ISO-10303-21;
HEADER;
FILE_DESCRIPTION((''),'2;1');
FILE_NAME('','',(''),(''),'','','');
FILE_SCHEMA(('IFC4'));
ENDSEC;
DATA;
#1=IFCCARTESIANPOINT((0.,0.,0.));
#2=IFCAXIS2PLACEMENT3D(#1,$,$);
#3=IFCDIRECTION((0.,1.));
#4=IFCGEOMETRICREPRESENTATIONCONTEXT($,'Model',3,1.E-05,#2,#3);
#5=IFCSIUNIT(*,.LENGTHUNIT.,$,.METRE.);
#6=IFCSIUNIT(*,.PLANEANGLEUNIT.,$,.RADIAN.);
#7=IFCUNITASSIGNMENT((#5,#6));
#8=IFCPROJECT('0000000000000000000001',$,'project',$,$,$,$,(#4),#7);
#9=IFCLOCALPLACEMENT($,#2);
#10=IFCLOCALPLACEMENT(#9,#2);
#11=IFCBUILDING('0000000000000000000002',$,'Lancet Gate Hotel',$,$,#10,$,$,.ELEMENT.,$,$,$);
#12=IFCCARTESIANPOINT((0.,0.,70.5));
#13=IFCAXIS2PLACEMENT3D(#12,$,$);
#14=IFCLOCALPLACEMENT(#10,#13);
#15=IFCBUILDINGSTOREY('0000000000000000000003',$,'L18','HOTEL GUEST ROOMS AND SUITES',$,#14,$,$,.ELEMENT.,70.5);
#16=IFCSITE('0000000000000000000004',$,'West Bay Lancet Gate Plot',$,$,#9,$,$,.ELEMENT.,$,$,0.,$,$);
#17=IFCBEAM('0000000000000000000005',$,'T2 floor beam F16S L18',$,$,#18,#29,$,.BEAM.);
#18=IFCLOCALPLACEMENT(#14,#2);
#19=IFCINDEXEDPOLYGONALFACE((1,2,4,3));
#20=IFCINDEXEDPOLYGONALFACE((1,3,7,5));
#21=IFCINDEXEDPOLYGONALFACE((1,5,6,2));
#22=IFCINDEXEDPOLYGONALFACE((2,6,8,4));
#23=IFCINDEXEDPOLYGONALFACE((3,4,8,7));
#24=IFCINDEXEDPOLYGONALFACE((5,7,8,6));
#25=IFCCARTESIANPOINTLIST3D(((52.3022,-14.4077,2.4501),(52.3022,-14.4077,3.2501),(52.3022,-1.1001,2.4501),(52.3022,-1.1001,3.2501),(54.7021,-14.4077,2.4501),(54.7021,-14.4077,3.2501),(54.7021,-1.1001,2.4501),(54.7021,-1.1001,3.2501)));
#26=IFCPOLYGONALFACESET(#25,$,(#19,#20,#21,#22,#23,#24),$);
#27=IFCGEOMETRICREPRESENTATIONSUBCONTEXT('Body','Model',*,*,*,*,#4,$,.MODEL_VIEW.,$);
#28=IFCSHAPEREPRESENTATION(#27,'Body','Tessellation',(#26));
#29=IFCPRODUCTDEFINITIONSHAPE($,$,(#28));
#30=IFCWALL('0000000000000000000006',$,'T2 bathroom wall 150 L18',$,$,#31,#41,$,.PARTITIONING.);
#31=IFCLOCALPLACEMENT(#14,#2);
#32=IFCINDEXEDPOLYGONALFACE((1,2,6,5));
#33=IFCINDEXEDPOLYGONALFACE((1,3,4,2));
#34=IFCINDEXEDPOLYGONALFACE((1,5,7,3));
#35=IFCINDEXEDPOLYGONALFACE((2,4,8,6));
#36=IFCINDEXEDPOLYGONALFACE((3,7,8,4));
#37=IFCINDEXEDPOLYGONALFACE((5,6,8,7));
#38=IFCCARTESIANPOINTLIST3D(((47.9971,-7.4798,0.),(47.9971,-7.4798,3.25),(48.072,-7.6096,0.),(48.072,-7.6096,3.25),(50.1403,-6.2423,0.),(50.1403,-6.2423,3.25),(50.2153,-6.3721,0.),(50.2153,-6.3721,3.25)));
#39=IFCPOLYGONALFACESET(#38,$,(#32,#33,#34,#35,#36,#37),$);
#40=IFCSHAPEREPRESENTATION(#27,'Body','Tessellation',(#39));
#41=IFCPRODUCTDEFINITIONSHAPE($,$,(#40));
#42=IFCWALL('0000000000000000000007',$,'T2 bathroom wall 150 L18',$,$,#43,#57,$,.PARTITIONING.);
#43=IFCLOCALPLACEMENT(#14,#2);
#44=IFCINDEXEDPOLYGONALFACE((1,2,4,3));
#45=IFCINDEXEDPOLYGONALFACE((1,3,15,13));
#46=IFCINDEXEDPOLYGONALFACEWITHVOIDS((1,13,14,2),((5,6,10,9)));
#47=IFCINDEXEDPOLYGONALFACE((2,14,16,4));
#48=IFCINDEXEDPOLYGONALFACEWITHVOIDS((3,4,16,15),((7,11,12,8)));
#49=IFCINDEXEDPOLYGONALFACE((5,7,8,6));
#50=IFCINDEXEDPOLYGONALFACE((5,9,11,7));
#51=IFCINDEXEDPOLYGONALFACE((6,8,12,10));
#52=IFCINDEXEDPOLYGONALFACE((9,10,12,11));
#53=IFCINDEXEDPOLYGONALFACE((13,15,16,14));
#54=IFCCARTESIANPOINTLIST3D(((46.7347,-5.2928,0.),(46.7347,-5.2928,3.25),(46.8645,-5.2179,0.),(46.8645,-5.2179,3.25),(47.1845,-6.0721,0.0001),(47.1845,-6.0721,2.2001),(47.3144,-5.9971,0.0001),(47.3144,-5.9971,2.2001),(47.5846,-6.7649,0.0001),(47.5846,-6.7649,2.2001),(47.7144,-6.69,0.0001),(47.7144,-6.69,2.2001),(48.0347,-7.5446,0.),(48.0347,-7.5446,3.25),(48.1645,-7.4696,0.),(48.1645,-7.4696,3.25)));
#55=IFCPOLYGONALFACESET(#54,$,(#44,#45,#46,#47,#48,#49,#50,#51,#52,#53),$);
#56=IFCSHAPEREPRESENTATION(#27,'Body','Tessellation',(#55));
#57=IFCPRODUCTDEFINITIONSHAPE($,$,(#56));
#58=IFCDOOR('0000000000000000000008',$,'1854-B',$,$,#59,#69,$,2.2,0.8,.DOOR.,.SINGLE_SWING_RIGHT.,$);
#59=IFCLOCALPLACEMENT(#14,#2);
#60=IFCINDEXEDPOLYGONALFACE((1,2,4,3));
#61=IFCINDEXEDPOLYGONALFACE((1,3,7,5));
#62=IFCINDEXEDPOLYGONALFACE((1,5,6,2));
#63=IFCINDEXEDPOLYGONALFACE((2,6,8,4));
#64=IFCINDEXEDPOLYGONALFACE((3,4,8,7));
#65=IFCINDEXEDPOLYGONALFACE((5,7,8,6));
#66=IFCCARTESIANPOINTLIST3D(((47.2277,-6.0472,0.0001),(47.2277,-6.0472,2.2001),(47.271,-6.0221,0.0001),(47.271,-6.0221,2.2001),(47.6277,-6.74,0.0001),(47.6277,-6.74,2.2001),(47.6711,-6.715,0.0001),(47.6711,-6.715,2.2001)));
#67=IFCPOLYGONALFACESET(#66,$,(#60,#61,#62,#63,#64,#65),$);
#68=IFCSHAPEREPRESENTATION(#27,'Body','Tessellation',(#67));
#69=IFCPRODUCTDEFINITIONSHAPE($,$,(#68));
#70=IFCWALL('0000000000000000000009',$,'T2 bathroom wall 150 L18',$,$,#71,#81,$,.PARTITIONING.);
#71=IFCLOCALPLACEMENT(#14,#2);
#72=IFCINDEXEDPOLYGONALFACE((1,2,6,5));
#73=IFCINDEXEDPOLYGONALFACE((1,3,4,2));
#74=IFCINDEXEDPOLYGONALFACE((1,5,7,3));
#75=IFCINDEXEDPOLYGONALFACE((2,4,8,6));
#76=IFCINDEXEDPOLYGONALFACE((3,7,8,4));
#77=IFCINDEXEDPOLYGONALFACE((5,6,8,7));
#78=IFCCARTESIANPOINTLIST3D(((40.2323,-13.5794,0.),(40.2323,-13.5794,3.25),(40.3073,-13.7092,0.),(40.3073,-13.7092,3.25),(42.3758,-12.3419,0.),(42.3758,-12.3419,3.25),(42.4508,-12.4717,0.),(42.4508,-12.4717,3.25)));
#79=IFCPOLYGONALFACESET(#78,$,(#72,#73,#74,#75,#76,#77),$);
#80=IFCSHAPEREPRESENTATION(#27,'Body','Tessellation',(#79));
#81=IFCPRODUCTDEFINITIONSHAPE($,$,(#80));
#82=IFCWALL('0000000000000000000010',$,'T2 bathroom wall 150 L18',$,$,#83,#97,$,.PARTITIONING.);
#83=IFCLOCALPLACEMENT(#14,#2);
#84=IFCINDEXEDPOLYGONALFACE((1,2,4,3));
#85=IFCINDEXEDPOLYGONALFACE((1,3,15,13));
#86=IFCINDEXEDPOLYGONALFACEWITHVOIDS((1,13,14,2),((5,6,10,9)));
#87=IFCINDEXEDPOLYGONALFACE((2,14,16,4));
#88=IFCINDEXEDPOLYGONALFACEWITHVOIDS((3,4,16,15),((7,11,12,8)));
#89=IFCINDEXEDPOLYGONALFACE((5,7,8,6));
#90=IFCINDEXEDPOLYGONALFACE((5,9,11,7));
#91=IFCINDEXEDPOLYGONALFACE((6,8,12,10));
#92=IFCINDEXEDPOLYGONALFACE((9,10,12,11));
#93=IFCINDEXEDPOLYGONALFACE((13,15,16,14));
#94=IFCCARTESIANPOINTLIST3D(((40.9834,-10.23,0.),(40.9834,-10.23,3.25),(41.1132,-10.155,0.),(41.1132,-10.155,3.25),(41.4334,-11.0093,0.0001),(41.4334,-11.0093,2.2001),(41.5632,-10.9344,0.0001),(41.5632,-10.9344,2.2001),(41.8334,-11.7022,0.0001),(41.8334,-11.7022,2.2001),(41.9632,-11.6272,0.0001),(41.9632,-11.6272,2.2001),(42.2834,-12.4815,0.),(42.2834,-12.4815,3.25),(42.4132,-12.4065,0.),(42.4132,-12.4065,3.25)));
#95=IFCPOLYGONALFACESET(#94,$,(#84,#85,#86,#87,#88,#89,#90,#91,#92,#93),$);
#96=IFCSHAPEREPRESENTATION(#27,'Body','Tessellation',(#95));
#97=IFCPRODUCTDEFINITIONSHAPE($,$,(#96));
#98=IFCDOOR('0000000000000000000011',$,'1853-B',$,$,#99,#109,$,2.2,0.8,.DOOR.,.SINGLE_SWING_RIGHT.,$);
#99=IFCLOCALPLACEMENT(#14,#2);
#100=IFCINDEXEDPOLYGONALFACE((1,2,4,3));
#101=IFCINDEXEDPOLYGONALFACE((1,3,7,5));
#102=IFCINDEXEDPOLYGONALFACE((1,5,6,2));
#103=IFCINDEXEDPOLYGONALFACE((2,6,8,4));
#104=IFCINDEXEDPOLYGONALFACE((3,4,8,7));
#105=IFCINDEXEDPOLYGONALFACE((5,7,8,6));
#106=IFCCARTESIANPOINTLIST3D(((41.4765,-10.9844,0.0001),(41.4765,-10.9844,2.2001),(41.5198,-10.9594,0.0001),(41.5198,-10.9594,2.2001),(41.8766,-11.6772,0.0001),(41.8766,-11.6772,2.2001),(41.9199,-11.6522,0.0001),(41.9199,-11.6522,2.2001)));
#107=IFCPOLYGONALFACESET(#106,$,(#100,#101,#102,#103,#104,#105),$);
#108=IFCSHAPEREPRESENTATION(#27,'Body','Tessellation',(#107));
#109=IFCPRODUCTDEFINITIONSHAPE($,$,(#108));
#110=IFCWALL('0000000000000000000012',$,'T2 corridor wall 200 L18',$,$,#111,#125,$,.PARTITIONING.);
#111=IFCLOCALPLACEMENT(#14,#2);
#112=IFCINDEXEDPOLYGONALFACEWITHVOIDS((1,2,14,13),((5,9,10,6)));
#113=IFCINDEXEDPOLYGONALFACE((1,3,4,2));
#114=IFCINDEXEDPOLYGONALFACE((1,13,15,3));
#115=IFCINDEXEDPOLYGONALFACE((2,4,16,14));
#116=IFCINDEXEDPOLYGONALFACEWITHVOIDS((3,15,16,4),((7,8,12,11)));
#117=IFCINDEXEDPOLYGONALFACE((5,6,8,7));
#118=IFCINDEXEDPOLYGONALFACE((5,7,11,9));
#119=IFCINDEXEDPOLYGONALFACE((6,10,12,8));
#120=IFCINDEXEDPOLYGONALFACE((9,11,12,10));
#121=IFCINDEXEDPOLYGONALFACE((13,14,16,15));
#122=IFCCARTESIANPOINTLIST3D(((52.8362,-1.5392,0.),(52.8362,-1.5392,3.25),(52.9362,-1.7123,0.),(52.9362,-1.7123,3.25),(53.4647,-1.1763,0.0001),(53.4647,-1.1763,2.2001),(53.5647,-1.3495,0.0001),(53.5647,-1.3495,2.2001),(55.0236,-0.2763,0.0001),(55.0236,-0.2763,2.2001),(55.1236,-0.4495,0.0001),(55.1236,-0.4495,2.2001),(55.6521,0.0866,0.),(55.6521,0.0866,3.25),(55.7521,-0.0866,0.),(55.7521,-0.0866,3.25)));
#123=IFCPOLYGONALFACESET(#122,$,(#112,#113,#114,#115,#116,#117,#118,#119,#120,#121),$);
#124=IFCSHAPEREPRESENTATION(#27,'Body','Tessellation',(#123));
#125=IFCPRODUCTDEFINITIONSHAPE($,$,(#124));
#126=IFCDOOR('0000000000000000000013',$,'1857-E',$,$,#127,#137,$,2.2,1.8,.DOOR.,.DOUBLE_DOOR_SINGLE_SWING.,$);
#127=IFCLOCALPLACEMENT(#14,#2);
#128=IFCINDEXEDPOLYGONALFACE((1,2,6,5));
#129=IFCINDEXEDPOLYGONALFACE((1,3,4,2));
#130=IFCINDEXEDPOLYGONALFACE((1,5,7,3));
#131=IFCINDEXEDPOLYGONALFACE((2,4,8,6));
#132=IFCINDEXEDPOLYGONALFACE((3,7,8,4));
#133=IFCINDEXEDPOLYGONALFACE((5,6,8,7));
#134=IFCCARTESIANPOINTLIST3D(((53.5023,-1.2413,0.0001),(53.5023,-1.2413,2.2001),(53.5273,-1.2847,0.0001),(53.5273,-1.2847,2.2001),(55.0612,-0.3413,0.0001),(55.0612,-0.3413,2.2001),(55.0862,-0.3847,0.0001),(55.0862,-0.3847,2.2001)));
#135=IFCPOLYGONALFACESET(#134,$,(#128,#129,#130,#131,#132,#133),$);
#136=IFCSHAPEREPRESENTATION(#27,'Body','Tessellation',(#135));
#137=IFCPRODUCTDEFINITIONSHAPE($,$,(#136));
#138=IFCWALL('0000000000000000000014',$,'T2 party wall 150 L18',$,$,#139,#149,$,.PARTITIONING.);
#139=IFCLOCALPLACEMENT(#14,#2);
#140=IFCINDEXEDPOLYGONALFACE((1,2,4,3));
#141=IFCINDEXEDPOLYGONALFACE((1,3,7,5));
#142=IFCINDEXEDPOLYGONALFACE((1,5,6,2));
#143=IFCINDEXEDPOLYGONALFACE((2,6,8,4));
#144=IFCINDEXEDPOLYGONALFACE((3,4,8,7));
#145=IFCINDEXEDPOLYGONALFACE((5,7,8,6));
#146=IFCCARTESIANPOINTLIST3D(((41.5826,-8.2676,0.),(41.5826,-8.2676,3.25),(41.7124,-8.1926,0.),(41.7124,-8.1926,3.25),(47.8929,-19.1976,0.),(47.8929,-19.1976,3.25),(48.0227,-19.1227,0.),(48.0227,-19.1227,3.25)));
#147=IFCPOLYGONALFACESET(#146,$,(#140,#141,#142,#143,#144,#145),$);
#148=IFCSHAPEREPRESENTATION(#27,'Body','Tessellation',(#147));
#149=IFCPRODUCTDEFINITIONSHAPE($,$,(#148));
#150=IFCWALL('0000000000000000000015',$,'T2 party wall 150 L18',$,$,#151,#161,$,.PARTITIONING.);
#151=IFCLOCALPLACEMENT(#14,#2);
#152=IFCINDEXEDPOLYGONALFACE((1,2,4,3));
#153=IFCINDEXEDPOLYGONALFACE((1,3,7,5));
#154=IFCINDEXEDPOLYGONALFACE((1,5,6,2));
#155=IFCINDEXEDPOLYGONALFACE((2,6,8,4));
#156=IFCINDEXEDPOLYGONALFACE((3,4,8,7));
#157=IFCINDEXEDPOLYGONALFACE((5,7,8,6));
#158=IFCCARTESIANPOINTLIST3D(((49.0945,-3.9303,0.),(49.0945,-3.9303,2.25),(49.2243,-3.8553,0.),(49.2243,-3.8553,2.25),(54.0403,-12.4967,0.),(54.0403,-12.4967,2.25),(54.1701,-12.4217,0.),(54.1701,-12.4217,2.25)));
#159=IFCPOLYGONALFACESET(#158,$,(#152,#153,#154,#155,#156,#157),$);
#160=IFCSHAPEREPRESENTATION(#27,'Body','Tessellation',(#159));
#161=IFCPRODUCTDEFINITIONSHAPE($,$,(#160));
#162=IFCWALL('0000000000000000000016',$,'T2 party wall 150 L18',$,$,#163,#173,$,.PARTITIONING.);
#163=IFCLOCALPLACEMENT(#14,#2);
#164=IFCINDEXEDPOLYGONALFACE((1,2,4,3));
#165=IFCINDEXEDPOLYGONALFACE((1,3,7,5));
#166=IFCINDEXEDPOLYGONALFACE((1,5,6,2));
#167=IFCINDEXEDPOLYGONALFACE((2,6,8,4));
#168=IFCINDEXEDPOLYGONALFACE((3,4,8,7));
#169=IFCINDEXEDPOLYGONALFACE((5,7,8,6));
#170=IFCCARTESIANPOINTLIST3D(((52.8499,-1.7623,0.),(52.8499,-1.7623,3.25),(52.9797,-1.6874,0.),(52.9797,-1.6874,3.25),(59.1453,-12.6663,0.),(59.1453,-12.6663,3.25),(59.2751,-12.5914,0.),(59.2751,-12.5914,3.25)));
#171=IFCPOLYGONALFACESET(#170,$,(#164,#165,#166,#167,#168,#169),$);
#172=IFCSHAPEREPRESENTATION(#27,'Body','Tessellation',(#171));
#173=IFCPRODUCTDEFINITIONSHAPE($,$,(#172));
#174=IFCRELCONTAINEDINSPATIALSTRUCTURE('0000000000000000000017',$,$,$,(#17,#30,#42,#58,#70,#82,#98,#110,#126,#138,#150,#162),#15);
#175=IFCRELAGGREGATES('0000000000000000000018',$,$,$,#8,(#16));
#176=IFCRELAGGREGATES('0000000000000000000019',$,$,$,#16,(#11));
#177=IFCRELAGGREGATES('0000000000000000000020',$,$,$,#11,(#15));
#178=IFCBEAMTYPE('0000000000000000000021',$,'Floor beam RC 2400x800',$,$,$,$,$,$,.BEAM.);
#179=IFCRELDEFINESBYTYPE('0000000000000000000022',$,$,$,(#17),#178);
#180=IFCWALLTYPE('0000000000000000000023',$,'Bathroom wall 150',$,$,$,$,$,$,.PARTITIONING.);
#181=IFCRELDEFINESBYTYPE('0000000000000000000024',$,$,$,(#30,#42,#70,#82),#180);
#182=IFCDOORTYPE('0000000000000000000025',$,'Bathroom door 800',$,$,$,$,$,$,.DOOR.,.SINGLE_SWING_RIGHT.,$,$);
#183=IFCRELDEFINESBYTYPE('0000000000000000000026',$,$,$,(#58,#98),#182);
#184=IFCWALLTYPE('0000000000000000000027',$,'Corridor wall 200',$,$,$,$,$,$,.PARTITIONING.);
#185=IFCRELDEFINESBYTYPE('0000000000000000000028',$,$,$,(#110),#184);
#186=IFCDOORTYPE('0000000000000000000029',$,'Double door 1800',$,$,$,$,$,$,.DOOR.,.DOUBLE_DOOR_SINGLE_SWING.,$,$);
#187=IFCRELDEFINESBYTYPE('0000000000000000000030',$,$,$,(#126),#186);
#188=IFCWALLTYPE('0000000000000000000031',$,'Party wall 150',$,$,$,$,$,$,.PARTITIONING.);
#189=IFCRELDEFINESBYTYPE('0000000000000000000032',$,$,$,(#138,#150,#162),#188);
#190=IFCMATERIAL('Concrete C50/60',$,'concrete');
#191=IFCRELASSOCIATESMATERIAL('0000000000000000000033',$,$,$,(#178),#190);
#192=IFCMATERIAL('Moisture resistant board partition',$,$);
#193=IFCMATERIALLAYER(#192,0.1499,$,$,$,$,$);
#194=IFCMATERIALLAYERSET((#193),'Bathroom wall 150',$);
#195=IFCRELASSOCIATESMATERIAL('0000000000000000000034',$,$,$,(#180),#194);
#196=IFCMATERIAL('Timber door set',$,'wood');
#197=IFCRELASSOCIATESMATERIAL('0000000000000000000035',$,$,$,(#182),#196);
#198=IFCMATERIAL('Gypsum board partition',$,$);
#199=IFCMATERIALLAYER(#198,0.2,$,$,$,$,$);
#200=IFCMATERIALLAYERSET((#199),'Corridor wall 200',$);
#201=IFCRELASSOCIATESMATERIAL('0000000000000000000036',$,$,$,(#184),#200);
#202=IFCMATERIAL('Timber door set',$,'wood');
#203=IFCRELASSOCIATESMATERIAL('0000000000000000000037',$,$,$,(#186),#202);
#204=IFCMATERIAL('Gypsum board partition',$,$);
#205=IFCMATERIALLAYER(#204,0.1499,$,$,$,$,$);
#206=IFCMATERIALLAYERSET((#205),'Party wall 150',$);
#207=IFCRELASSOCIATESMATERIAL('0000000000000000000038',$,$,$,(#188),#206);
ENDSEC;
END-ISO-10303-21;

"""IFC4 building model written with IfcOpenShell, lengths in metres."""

from ifc_helpers import new_model, si_unit, direction, frame, frame_2d, origin, origin_2d, place, context, subcontext, project, spatial, rectangle, extrude, material, layer, layer_set, material_profile, profile_set, type_object, element, fill, save


model = new_model("IFC4")

# Units and contexts
model_context = context("Model", 3, precision=1e-05, world=origin(), true_north=direction((0.0, 1.0)))
body_context = subcontext(model_context, "Body", "Model", "MODEL_VIEW")
ifc_project = project(units=[si_unit("LENGTHUNIT", "METRE"), si_unit("PLANEANGLEUNIT", "RADIAN")], contexts=[model_context])

# Site, building, storey
site_placement = place(None, origin())
site = spatial("IfcSite", under=ifc_project, at=site_placement, Name="West Bay Lancet Gate Plot", CompositionType="ELEMENT", RefElevation=0.0)
building_placement = place(site_placement, origin())
building = spatial("IfcBuilding", under=site, at=building_placement, Name="Lancet Gate Hotel", CompositionType="ELEMENT")
storey_placement = place(building_placement, frame((0.0, 0.0, 70.5)))
storey = spatial("IfcBuildingStorey", under=building, at=storey_placement, Name="L18", Description="HOTEL GUEST ROOMS AND SUITES", CompositionType="ELEMENT", Elevation=70.5)

# Beam
ifc_material_1 = material(Name="Concrete C50/60", Category="concrete")
ifc_material_profile = material_profile(ifc_material_1, rectangle(XDim=2.3999, YDim=0.8, at=origin_2d()), Name="RC 2400x800")
ifc_profile_set = profile_set([ifc_material_profile], Name="Concrete C50/60")
beam_type = type_object("IfcBeamType", Name="Floor beam RC 2400x800", PredefinedType="BEAM", material=ifc_profile_set)
beam_placement = place(storey_placement, frame((53.5022, -14.4077, 2.8501), z_axis=(0.0, 1.0, 0.0), x_axis=(-1.0, 0.0, 0.0)))
element("IfcBeam", 1, at=beam_placement, inside=storey, type_object=beam_type, Name="T2 floor beam F16S L18", PredefinedType="BEAM", context=body_context, shape_type="SweptSolid", body=[
    extrude(rectangle(XDim=2.3999, YDim=0.8, at=origin_2d()), origin(), (0.0, 0.0, 1.0), 13.3076),
])

# Wall
ifc_material_2 = material(Name="Moisture resistant board partition")
ifc_layer_1 = layer(ifc_material_2, 0.1499)
ifc_layer_set_1 = layer_set([ifc_layer_1], Name="Bathroom wall 150")
wall_type_1 = type_object("IfcWallType", Name="Bathroom wall 150", PredefinedType="PARTITIONING", material=ifc_layer_set_1)
wall_1_placement = place(storey_placement, frame((48.0347, -7.5447, 0.0), z_axis=(0.0, 0.0, 1.0), x_axis=(0.866007, 0.500033, 0.0)))
element("IfcWall", 2, at=wall_1_placement, inside=storey, type_object=wall_type_1, Name="T2 bathroom wall 150 L18", PredefinedType="PARTITIONING", context=body_context, shape_type="SweptSolid", body=[
    extrude(rectangle(XDim=2.4749, YDim=0.1499, at=frame_2d((1.2373, 0.0))), origin(), (0.0, 0.0, 1.0), 3.25),
])

# Wall, opening, door
wall_2_placement = place(storey_placement, frame((46.7996, -5.2554, 0.0), z_axis=(0.0, 0.0, 1.0), x_axis=(0.500007, -0.866021, 0.0)))
wall_2 = element("IfcWall", 3, at=wall_2_placement, inside=storey, type_object=wall_type_1, Name="T2 bathroom wall 150 L18", PredefinedType="PARTITIONING", context=body_context, shape_type="SweptSolid", body=[
    extrude(rectangle(XDim=2.6001, YDim=0.1499, at=frame_2d((1.3, 0.0))), origin(), (0.0, 0.0, 1.0), 3.25),
])
opening_1_placement = place(wall_2_placement, frame((0.8999, 0.0, 0.0)))
opening_1 = element("IfcOpeningElement", 4, at=opening_1_placement, cuts=wall_2, PredefinedType="OPENING", context=body_context, shape_type="SweptSolid", body=[
    extrude(rectangle(XDim=0.8, YDim=2.2, at=frame_2d((0.3999, 1.1001))), frame((0.0, 0.085, 0.0), z_axis=(0.0, -1.0, 0.0), x_axis=(1.0, 0.0, 0.0)), (0.0, 0.0, 1.0), 0.1699),
])
ifc_material_3 = material(Name="Timber door set", Category="wood")
door_type_1 = type_object("IfcDoorType", Name="Bathroom door 800", OperationType="SINGLE_SWING_RIGHT", PredefinedType="DOOR", material=ifc_material_3)
door_1_placement = place(opening_1_placement, origin())
door_1 = element("IfcDoor", 5, at=door_1_placement, inside=storey, type_object=door_type_1, Name="1854-B", OperationType="SINGLE_SWING_RIGHT", OverallHeight=2.2, OverallWidth=0.8, PredefinedType="DOOR", context=body_context, shape_type="SweptSolid", body=[
    extrude(rectangle(XDim=0.8, YDim=2.2, at=frame_2d((0.3999, 1.1001))), frame((0.0, 0.0249, 0.0), z_axis=(0.0, -1.0, 0.0), x_axis=(1.0, 0.0, 0.0)), (0.0, 0.0, 1.0), 0.05),
])
fill(opening_1, door_1)

# Wall
wall_3_placement = place(storey_placement, frame((40.2698, -13.6443, 0.0), z_axis=(0.0, 0.0, 1.0), x_axis=(0.866031, 0.49999, 0.0)))
element("IfcWall", 6, at=wall_3_placement, inside=storey, type_object=wall_type_1, Name="T2 bathroom wall 150 L18", PredefinedType="PARTITIONING", context=body_context, shape_type="SweptSolid", body=[
    extrude(rectangle(XDim=2.4751, YDim=0.1499, at=frame_2d((1.2375, 0.0))), origin(), (0.0, 0.0, 1.0), 3.25),
])

# Walls, openings, doors
wall_4_placement = place(storey_placement, frame((41.0483, -10.1926, 0.0), z_axis=(0.0, 0.0, 1.0), x_axis=(0.500048, -0.865998, 0.0)))
wall_4 = element("IfcWall", 7, at=wall_4_placement, inside=storey, type_object=wall_type_1, Name="T2 bathroom wall 150 L18", PredefinedType="PARTITIONING", context=body_context, shape_type="SweptSolid", body=[
    extrude(rectangle(XDim=2.5999, YDim=0.1499, at=frame_2d((1.2998, 0.0))), origin(), (0.0, 0.0, 1.0), 3.25),
])
opening_2_placement = place(wall_4_placement, frame((0.8999, 0.0, 0.0)))
opening_2 = element("IfcOpeningElement", 8, at=opening_2_placement, cuts=wall_4, PredefinedType="OPENING", context=body_context, shape_type="SweptSolid", body=[
    extrude(rectangle(XDim=0.8, YDim=2.2, at=frame_2d((0.3999, 1.1001))), frame((0.0, 0.085, 0.0), z_axis=(0.0, -1.0, 0.0), x_axis=(1.0, 0.0, 0.0)), (0.0, 0.0, 1.0), 0.1699),
])
door_2_placement = place(opening_2_placement, origin())
door_2 = element("IfcDoor", 9, at=door_2_placement, inside=storey, type_object=door_type_1, Name="1853-B", OperationType="SINGLE_SWING_RIGHT", OverallHeight=2.2, OverallWidth=0.8, PredefinedType="DOOR", context=body_context, shape_type="SweptSolid", body=[
    extrude(rectangle(XDim=0.8, YDim=2.2, at=frame_2d((0.3999, 1.1001))), frame((0.0, 0.0249, 0.0), z_axis=(0.0, -1.0, 0.0), x_axis=(1.0, 0.0, 0.0)), (0.0, 0.0, 1.0), 0.05),
])
fill(opening_2, door_2)
ifc_material_4 = material(Name="Gypsum board partition")
ifc_layer_2 = layer(ifc_material_4, 0.2)
ifc_layer_set_2 = layer_set([ifc_layer_2], Name="Corridor wall 200")
wall_type_2 = type_object("IfcWallType", Name="Corridor wall 200", PredefinedType="PARTITIONING", material=ifc_layer_set_2)
wall_5_placement = place(storey_placement, frame((52.8862, -1.6257, 0.0), z_axis=(0.0, 0.0, 1.0), x_axis=(0.866031, 0.499991, 0.0)))
wall_5 = element("IfcWall", 10, at=wall_5_placement, inside=storey, type_object=wall_type_2, Name="T2 corridor wall 200 L18", PredefinedType="PARTITIONING", context=body_context, shape_type="SweptSolid", body=[
    extrude(rectangle(XDim=3.2515, YDim=0.2, at=frame_2d((1.6257, 0.0))), origin(), (0.0, 0.0, 1.0), 3.25),
])
opening_3_placement = place(wall_5_placement, frame((0.7258, 0.0, 0.0)))
opening_3 = element("IfcOpeningElement", 11, at=opening_3_placement, cuts=wall_5, PredefinedType="OPENING", context=body_context, shape_type="SweptSolid", body=[
    extrude(rectangle(XDim=1.8, YDim=2.2, at=frame_2d((0.8999, 1.1001))), frame((0.0, 0.1099, 0.0), z_axis=(0.0, -1.0, 0.0), x_axis=(1.0, 0.0, 0.0)), (0.0, 0.0, 1.0), 0.22),
])
ifc_material_5 = material(Name="Timber door set", Category="wood")
door_type_2 = type_object("IfcDoorType", Name="Double door 1800", OperationType="DOUBLE_DOOR_SINGLE_SWING", PredefinedType="DOOR", material=ifc_material_5)
door_3_placement = place(opening_3_placement, origin())
door_3 = element("IfcDoor", 12, at=door_3_placement, inside=storey, type_object=door_type_2, Name="1857-E", OperationType="DOUBLE_DOOR_SINGLE_SWING", OverallHeight=2.2, OverallWidth=1.8, PredefinedType="DOOR", context=body_context, shape_type="SweptSolid", body=[
    extrude(rectangle(XDim=1.8, YDim=2.2, at=frame_2d((0.8999, 1.1001))), frame((0.0, 0.0249, 0.0), z_axis=(0.0, -1.0, 0.0), x_axis=(1.0, 0.0, 0.0)), (0.0, 0.0, 1.0), 0.05),
])
fill(opening_3, door_3)

# Walls
ifc_material_6 = material(Name="Gypsum board partition")
ifc_layer_3 = layer(ifc_material_6, 0.1499)
ifc_layer_set_3 = layer_set([ifc_layer_3], Name="Party wall 150")
wall_type_3 = type_object("IfcWallType", Name="Party wall 150", PredefinedType="PARTITIONING", material=ifc_layer_set_3)
wall_6_placement = place(storey_placement, frame((41.6475, -8.23, 0.0), z_axis=(0.0, 0.0, 1.0), x_axis=(0.499986, -0.866034, 0.0)))
element("IfcWall", 13, at=wall_6_placement, inside=storey, type_object=wall_type_3, Name="T2 party wall 150 L18", PredefinedType="PARTITIONING", context=body_context, shape_type="SweptSolid", body=[
    extrude(rectangle(XDim=12.6208, YDim=0.1499, at=frame_2d((6.3105, 0.0))), origin(), (0.0, 0.0, 1.0), 3.25),
])
wall_7_placement = place(storey_placement, frame((49.1594, -3.8928, 0.0), z_axis=(0.0, 0.0, 1.0), x_axis=(0.499999, -0.866026, 0.0)))
element("IfcWall", 14, at=wall_7_placement, inside=storey, type_object=wall_type_3, Name="T2 party wall 150 L18", PredefinedType="PARTITIONING", context=body_context, shape_type="SweptSolid", body=[
    extrude(rectangle(XDim=9.8916, YDim=0.1499, at=frame_2d((4.9458, 0.0))), origin(), (0.0, 0.0, 1.0), 2.25),
])
wall_8_placement = place(storey_placement, frame((52.9148, -1.7249, 0.0), z_axis=(0.0, 0.0, 1.0), x_axis=(0.499997, -0.866027, 0.0)))
element("IfcWall", 15, at=wall_8_placement, inside=storey, type_object=wall_type_3, Name="T2 party wall 150 L18", PredefinedType="PARTITIONING", context=body_context, shape_type="SweptSolid", body=[
    extrude(rectangle(XDim=12.5908, YDim=0.1499, at=frame_2d((6.2954, 0.0))), origin(), (0.0, 0.0, 1.0), 3.25),
])

save(model, "model.ifc")
